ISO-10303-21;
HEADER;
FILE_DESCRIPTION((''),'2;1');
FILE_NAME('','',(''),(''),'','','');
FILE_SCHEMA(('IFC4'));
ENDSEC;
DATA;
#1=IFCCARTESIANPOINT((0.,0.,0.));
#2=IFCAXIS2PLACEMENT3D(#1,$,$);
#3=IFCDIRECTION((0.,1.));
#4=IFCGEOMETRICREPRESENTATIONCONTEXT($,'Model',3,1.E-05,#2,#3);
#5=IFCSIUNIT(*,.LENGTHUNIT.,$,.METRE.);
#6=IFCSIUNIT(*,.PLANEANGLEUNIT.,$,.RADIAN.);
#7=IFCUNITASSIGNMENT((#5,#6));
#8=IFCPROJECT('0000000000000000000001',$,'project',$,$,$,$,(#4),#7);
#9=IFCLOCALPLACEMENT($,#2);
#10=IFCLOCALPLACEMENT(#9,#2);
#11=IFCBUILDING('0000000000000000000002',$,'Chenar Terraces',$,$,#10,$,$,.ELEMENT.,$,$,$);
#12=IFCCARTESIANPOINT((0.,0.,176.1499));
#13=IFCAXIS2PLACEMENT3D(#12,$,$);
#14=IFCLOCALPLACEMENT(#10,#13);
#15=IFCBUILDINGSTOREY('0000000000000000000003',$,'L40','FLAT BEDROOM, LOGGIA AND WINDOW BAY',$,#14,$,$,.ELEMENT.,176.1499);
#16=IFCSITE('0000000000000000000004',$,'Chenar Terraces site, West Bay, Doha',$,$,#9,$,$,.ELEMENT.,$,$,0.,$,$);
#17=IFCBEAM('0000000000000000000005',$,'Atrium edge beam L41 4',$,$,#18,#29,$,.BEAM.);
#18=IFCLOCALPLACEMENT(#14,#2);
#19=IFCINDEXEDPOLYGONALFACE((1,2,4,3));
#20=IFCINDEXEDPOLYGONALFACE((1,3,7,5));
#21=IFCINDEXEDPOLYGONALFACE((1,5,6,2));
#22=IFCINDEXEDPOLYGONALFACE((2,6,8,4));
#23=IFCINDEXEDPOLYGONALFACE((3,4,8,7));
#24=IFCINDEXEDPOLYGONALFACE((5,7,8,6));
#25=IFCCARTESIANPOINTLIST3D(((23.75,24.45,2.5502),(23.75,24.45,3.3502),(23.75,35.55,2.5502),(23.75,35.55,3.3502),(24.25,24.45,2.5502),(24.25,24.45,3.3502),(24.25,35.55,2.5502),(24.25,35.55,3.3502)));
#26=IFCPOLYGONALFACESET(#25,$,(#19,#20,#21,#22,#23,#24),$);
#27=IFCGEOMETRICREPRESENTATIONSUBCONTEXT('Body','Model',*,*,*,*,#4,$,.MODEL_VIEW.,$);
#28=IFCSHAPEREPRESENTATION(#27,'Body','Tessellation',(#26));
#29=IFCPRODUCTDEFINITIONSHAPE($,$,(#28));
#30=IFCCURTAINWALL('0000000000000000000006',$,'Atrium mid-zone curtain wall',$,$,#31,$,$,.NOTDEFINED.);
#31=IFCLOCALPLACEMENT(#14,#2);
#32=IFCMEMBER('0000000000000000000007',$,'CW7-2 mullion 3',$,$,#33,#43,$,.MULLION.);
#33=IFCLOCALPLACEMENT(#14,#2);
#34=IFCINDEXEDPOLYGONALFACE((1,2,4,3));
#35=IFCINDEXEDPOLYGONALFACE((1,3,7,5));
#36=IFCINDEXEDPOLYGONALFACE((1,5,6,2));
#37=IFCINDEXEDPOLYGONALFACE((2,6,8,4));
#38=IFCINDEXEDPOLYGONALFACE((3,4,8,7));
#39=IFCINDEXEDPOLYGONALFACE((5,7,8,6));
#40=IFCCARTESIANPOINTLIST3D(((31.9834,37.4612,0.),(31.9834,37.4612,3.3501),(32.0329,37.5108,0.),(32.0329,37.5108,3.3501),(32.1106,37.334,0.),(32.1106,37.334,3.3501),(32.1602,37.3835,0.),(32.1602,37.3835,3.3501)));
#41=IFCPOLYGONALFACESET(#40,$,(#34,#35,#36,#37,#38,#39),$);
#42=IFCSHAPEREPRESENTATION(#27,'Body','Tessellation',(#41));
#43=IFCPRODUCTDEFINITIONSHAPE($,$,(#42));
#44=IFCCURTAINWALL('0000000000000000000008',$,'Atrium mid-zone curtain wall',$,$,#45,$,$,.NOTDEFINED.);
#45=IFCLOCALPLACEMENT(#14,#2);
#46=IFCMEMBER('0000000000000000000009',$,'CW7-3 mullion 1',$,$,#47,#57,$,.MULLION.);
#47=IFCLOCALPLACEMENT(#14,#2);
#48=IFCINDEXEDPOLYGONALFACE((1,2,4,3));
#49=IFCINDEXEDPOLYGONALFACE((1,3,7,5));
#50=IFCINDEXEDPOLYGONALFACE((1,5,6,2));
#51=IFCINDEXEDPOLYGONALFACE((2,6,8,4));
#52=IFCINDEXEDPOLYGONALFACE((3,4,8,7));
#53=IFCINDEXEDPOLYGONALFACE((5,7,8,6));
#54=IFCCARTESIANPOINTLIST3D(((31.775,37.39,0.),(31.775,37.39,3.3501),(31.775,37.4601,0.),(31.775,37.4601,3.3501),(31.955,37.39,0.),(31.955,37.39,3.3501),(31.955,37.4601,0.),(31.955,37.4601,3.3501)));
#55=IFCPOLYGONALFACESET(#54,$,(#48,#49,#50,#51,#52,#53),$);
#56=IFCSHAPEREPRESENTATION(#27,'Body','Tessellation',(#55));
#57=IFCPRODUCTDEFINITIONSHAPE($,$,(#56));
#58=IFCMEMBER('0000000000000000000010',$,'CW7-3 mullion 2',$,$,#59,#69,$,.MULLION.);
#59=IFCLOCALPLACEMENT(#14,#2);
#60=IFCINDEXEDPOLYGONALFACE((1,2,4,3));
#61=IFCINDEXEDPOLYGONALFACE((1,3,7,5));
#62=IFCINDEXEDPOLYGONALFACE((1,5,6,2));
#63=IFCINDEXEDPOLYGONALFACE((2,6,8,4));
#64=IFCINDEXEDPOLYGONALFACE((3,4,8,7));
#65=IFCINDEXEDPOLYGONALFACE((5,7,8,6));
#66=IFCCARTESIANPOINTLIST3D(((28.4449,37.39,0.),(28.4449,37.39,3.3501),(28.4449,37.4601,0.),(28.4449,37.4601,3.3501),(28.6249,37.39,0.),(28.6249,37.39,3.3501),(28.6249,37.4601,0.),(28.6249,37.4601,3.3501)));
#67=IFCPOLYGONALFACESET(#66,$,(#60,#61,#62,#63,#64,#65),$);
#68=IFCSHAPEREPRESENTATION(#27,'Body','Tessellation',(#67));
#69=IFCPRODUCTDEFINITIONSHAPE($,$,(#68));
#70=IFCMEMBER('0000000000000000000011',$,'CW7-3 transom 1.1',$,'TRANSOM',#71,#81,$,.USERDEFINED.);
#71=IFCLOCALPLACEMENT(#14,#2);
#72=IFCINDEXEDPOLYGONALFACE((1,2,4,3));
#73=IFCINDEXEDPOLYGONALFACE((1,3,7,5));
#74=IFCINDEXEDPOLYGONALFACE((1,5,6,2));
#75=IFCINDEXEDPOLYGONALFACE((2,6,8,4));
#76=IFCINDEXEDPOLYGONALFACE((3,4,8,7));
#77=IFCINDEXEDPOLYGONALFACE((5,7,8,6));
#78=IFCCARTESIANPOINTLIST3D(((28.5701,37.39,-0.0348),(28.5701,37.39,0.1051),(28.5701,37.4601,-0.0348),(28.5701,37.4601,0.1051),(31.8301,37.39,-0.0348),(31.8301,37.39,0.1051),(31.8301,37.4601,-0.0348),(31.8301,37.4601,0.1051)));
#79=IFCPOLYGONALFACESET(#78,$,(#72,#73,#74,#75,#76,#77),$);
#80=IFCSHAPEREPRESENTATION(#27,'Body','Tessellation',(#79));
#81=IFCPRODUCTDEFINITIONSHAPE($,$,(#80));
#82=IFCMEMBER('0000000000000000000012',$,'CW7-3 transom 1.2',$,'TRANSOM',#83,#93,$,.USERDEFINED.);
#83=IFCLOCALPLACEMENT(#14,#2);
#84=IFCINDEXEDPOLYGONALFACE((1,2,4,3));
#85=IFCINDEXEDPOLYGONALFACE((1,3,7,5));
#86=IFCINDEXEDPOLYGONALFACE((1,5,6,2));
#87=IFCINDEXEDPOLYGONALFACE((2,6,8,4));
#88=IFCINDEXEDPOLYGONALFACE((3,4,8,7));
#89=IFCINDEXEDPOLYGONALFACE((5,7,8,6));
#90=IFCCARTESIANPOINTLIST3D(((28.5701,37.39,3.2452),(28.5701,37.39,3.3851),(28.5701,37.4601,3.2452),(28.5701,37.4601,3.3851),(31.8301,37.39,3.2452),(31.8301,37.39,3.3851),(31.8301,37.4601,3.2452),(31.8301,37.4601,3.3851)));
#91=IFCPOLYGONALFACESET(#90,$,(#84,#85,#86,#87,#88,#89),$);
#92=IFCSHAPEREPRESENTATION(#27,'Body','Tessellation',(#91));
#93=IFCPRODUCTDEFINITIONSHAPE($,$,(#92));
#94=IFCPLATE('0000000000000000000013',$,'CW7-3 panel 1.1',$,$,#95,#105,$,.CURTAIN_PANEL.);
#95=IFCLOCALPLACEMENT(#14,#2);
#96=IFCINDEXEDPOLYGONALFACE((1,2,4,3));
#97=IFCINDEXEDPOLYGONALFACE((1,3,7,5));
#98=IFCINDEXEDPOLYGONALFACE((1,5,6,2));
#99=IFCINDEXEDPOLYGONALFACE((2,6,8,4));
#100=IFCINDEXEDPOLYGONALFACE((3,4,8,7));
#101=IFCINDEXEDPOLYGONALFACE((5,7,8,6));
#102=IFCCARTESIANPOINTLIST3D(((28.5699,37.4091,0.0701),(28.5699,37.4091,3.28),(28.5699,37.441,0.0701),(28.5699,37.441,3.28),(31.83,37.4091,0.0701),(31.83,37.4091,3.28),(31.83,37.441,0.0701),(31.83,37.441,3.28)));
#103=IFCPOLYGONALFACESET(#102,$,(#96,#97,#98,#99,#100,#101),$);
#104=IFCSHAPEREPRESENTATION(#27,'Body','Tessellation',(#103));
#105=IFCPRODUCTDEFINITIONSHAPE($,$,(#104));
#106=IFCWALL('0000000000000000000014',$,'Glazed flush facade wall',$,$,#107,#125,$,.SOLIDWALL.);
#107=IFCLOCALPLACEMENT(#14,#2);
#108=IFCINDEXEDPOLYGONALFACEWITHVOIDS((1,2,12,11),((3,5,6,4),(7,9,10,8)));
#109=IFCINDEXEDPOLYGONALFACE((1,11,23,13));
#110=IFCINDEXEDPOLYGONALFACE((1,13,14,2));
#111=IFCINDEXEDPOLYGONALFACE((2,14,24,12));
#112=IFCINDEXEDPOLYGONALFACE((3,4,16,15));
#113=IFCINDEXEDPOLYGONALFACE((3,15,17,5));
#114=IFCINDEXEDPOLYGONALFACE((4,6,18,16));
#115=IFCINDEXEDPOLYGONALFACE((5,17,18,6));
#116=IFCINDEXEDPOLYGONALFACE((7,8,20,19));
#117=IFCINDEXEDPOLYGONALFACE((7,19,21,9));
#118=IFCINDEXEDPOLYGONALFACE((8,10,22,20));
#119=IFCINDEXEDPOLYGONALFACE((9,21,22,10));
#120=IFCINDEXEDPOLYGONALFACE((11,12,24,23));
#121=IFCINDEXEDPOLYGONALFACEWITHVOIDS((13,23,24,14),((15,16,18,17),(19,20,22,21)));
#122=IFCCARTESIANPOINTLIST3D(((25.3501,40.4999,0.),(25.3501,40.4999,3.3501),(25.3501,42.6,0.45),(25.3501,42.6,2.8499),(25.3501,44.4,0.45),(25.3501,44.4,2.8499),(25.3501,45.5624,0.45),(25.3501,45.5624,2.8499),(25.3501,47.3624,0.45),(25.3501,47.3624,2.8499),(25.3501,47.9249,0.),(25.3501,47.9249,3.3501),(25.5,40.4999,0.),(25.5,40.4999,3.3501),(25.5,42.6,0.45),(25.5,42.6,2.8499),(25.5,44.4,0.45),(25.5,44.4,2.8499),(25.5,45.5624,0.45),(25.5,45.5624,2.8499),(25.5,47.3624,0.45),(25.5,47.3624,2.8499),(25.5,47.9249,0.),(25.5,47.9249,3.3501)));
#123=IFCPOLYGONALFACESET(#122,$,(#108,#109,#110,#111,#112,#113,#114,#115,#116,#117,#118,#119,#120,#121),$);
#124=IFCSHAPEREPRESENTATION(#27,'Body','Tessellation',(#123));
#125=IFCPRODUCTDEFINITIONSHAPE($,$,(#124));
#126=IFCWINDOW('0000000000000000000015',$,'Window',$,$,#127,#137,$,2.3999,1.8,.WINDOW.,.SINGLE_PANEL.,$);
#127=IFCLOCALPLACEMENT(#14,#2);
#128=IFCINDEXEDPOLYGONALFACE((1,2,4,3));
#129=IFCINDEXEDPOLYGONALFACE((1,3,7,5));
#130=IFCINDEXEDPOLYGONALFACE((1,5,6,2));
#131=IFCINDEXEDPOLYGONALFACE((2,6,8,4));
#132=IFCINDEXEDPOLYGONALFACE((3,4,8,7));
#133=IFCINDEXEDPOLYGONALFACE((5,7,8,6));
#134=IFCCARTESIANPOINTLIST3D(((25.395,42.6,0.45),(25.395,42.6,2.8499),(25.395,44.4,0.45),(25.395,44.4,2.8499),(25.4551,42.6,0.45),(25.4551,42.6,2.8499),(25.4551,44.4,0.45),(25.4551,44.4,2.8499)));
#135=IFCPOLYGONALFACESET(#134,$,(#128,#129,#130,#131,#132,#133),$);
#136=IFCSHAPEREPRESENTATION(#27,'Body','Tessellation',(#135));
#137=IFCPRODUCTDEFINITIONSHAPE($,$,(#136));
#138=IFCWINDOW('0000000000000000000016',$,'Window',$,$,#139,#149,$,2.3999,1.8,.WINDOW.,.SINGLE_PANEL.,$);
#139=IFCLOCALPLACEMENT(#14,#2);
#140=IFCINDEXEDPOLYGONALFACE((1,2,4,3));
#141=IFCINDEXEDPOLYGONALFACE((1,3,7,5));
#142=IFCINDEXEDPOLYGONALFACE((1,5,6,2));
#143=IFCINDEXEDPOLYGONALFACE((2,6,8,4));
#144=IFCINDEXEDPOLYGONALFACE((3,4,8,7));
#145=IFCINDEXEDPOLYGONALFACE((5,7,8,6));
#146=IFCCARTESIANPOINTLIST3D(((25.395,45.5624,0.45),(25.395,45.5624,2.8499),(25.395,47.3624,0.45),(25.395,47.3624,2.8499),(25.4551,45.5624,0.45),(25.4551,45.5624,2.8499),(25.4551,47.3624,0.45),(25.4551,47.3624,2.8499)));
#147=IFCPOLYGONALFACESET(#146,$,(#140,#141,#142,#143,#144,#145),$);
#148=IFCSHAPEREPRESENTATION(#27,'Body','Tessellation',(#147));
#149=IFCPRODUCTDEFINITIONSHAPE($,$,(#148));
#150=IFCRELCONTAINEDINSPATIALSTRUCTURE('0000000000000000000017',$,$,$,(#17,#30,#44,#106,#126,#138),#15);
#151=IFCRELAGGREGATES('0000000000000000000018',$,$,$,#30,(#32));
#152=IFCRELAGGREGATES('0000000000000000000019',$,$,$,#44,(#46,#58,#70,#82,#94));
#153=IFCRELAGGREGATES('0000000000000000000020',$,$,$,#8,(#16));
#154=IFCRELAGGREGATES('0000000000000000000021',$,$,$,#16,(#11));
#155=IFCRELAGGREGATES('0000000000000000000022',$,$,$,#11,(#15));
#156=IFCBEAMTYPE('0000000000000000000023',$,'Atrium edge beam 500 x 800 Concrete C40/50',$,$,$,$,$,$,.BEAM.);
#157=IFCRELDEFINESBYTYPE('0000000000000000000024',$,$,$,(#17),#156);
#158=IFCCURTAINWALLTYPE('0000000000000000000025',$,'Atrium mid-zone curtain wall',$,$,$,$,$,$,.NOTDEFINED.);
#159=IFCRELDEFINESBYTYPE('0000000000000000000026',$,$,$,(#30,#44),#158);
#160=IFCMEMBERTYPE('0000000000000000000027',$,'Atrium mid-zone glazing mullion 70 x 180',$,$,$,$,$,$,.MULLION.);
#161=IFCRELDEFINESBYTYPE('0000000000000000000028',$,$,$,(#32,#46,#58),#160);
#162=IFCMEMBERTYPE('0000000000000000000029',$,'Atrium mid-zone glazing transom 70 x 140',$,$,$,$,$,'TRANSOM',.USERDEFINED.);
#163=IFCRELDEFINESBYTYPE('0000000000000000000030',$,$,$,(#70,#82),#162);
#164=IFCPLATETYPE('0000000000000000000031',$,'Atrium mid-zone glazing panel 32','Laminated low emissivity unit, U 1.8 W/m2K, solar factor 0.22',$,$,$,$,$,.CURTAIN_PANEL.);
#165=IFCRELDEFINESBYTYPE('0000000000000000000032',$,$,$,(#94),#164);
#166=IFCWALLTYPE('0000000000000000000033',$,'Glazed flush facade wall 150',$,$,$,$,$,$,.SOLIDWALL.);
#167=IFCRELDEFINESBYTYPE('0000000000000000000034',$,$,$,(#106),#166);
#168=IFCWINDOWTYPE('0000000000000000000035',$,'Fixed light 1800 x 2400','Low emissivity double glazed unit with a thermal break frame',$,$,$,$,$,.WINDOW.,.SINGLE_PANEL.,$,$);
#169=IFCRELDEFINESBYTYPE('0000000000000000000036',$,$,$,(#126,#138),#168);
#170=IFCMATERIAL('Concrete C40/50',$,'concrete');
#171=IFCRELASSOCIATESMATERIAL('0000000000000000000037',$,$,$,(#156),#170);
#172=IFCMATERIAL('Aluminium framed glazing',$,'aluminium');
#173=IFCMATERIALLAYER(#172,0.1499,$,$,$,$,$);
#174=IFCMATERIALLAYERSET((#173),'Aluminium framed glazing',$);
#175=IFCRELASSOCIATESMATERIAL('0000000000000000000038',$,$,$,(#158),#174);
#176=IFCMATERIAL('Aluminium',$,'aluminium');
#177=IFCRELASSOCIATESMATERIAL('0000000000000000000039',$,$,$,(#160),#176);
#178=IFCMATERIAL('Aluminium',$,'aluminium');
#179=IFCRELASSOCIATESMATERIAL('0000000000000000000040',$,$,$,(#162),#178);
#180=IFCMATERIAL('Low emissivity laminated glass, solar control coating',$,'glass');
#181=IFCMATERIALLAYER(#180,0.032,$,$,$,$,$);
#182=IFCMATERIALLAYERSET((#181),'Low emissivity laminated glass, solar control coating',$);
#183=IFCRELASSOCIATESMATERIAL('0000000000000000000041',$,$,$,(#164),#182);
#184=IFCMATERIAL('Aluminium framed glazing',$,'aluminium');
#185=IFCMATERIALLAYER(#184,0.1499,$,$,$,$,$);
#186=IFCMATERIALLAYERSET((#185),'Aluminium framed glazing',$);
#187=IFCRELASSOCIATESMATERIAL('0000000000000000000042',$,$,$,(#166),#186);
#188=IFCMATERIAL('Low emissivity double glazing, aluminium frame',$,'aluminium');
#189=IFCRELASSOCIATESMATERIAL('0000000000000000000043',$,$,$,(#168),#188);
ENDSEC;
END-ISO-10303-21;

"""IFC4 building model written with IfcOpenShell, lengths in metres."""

from ifc_helpers import new_model, si_unit, direction, frame, frame_2d, origin, origin_2d, place, context, subcontext, project, spatial, rectangle, extrude, material, layer, layer_set, material_profile, profile_set, type_object, element, fill, aggregate, save


model = new_model("IFC4")

# Units and contexts
model_context = context("Model", 3, precision=1e-05, world=origin(), true_north=direction((0.0, 1.0)))
body_context = subcontext(model_context, "Body", "Model", "MODEL_VIEW")
ifc_project = project(units=[si_unit("LENGTHUNIT", "METRE"), si_unit("PLANEANGLEUNIT", "RADIAN")], contexts=[model_context])

# Site, building, storey
site_placement = place(None, origin())
site = spatial("IfcSite", under=ifc_project, at=site_placement, Name="Chenar Terraces site, West Bay, Doha", CompositionType="ELEMENT", RefElevation=0.0)
building_placement = place(site_placement, origin())
building = spatial("IfcBuilding", under=site, at=building_placement, Name="Chenar Terraces", CompositionType="ELEMENT")
storey_placement = place(building_placement, frame((0.0, 0.0, 176.1499)))
storey = spatial("IfcBuildingStorey", under=building, at=storey_placement, Name="L40", Description="FLAT BEDROOM, LOGGIA AND WINDOW BAY", CompositionType="ELEMENT", Elevation=176.1499)

# Beam
ifc_material_1 = material(Name="Concrete C40/50", Category="concrete")
ifc_material_profile_1 = material_profile(ifc_material_1, rectangle(XDim=0.5, YDim=0.8, at=origin_2d()), Name="RC 500 x 800")
ifc_profile_set_1 = profile_set([ifc_material_profile_1], Name="Concrete C40/50")
beam_type = type_object("IfcBeamType", Name="Atrium edge beam 500 x 800 Concrete C40/50", PredefinedType="BEAM", material=ifc_profile_set_1)
beam_placement = place(storey_placement, frame((24.0, 35.55, 2.9502), z_axis=(0.0, -1.0, 0.0), x_axis=(1.0, 0.0, 0.0)))
element("IfcBeam", 1, at=beam_placement, inside=storey, type_object=beam_type, Name="Atrium edge beam L41 4", PredefinedType="BEAM", context=body_context, shape_type="SweptSolid", body=[
    extrude(rectangle(XDim=0.5, YDim=0.8, at=origin_2d()), origin(), (0.0, 0.0, 1.0), 11.1001),
])

# Curtain wall, member
ifc_material_2 = material(Name="Aluminium framed glazing", Category="aluminium")
ifc_layer_1 = layer(ifc_material_2, 0.1499)
ifc_layer_set_1 = layer_set([ifc_layer_1], Name="Aluminium framed glazing")
curtain_wall_type = type_object("IfcCurtainWallType", Name="Atrium mid-zone curtain wall", PredefinedType="NOTDEFINED", material=ifc_layer_set_1)
placement = place(storey_placement, origin())
curtain_wall_1 = element("IfcCurtainWall", 2, at=placement, inside=storey, type_object=curtain_wall_type, Name="Atrium mid-zone curtain wall", PredefinedType="NOTDEFINED")
ifc_material_3 = material(Name="Aluminium", Category="aluminium")
ifc_material_profile_2 = material_profile(ifc_material_3, rectangle(XDim=0.0701, YDim=0.1799, at=origin_2d()), Name="Atrium mid-zone glazing mullion 70 x 180")
ifc_profile_set_2 = profile_set([ifc_material_profile_2], Name="Aluminium")
member_type_1 = type_object("IfcMemberType", Name="Atrium mid-zone glazing mullion 70 x 180", PredefinedType="MULLION", material=ifc_profile_set_2)
member_1_placement = place(storey_placement, frame((32.0718, 37.4224, 0.0), z_axis=(0.0, 0.0, 1.0), x_axis=(-0.707107, -0.707107, 0.0)))
member_1 = element("IfcMember", 3, at=member_1_placement, type_object=member_type_1, Name="CW7-2 mullion 3", PredefinedType="MULLION", context=body_context, shape_type="SweptSolid", body=[
    extrude(rectangle(XDim=0.0701, YDim=0.1799, at=origin_2d()), origin(), (0.0, 0.0, 1.0), 3.3501),
])
aggregate(curtain_wall_1, [member_1])

# Curtain wall, members, plate
curtain_wall_2 = element("IfcCurtainWall", 4, at=placement, inside=storey, type_object=curtain_wall_type, Name="Atrium mid-zone curtain wall", PredefinedType="NOTDEFINED")
member_2_placement = place(storey_placement, frame((31.865, 37.425, 0.0), z_axis=(0.0, 0.0, 1.0), x_axis=(0.0, -1.0, 0.0)))
member_2 = element("IfcMember", 5, at=member_2_placement, type_object=member_type_1, Name="CW7-3 mullion 1", PredefinedType="MULLION", context=body_context, shape_type="SweptSolid", body=[
    extrude(rectangle(XDim=0.0701, YDim=0.1799, at=origin_2d()), origin(), (0.0, 0.0, 1.0), 3.3501),
])
member_3_placement = place(storey_placement, frame((28.5349, 37.425, 0.0), z_axis=(0.0, 0.0, 1.0), x_axis=(0.0, -1.0, 0.0)))
member_3 = element("IfcMember", 6, at=member_3_placement, type_object=member_type_1, Name="CW7-3 mullion 2", PredefinedType="MULLION", context=body_context, shape_type="SweptSolid", body=[
    extrude(rectangle(XDim=0.0701, YDim=0.1799, at=origin_2d()), origin(), (0.0, 0.0, 1.0), 3.3501),
])
ifc_material_4 = material(Name="Aluminium", Category="aluminium")
ifc_material_profile_3 = material_profile(ifc_material_4, rectangle(XDim=0.0701, YDim=0.1399, at=origin_2d()), Name="Atrium mid-zone glazing transom 70 x 140")
ifc_profile_set_3 = profile_set([ifc_material_profile_3], Name="Aluminium")
member_type_2 = type_object("IfcMemberType", Name="Atrium mid-zone glazing transom 70 x 140", ElementType="TRANSOM", PredefinedType="USERDEFINED", material=ifc_profile_set_3)
member_4_placement = place(storey_placement, frame((31.8301, 37.425, 0.0352), z_axis=(-1.0, 0.0, 0.0), x_axis=(0.0, -1.0, 0.0)))
member_4 = element("IfcMember", 7, at=member_4_placement, type_object=member_type_2, Name="CW7-3 transom 1.1", ObjectType="TRANSOM", PredefinedType="USERDEFINED", context=body_context, shape_type="SweptSolid", body=[
    extrude(rectangle(XDim=0.0701, YDim=0.1399, at=origin_2d()), origin(), (0.0, 0.0, 1.0), 3.26),
])
member_5_placement = place(storey_placement, frame((31.8301, 37.425, 3.3152), z_axis=(-1.0, 0.0, 0.0), x_axis=(0.0, -1.0, 0.0)))
member_5 = element("IfcMember", 8, at=member_5_placement, type_object=member_type_2, Name="CW7-3 transom 1.2", ObjectType="TRANSOM", PredefinedType="USERDEFINED", context=body_context, shape_type="SweptSolid", body=[
    extrude(rectangle(XDim=0.0701, YDim=0.1399, at=origin_2d()), origin(), (0.0, 0.0, 1.0), 3.26),
])
ifc_material_5 = material(Name="Low emissivity laminated glass, solar control coating", Category="glass")
ifc_layer_2 = layer(ifc_material_5, 0.032)
ifc_layer_set_2 = layer_set([ifc_layer_2], Name="Low emissivity laminated glass, solar control coating")
plate_type = type_object("IfcPlateType", Name="Atrium mid-zone glazing panel 32", Description="Laminated low emissivity unit, U 1.8 W/m2K, solar factor 0.22", PredefinedType="CURTAIN_PANEL", material=ifc_layer_set_2)
plate_placement = place(storey_placement, frame((30.2, 37.425, 0.0701), z_axis=(0.0, 0.0, 1.0), x_axis=(-1.0, 0.0, 0.0)))
plate = element("IfcPlate", 9, at=plate_placement, type_object=plate_type, Name="CW7-3 panel 1.1", PredefinedType="CURTAIN_PANEL", context=body_context, shape_type="SweptSolid", body=[
    extrude(rectangle(XDim=3.26, YDim=0.032, at=origin_2d()), origin(), (0.0, 0.0, 1.0), 3.21),
])
aggregate(curtain_wall_2, [member_2, member_3, member_4, member_5, plate])

# Wall, openings, windows
ifc_material_6 = material(Name="Aluminium framed glazing", Category="aluminium")
ifc_layer_3 = layer(ifc_material_6, 0.1499)
ifc_layer_set_3 = layer_set([ifc_layer_3], Name="Aluminium framed glazing")
wall_type_1 = type_object("IfcWallType", Name="Glazed flush facade wall 150", PredefinedType="SOLIDWALL", material=ifc_layer_set_3)
wall_1_placement = place(storey_placement, frame((25.425, 40.5, 0.0), z_axis=(0.0, 0.0, 1.0), x_axis=(0.0, 1.0, 0.0)))
wall_1 = element("IfcWall", 10, at=wall_1_placement, inside=storey, type_object=wall_type_1, Name="Glazed flush facade wall", PredefinedType="SOLIDWALL", context=body_context, shape_type="SweptSolid", body=[
    extrude(rectangle(XDim=7.425, YDim=0.1499, at=frame_2d((3.7124, 0.0))), origin(), (0.0, 0.0, 1.0), 3.3501),
])
opening_1_placement = place(wall_1_placement, frame((2.1001, 0.0, 0.45)))
opening_1 = element("IfcOpeningElement", 11, at=opening_1_placement, cuts=wall_1, PredefinedType="OPENING", context=body_context, shape_type="SweptSolid", body=[
    extrude(rectangle(XDim=1.8, YDim=2.3999, at=frame_2d((0.8999, 1.2))), frame((0.0, 0.085, 0.0), z_axis=(0.0, -1.0, 0.0), x_axis=(1.0, 0.0, 0.0)), (0.0, 0.0, 1.0), 0.1699),
])
opening_2_placement = place(wall_1_placement, frame((5.0625, 0.0, 0.45)))
opening_2 = element("IfcOpeningElement", 12, at=opening_2_placement, cuts=wall_1, PredefinedType="OPENING", context=body_context, shape_type="SweptSolid", body=[
    extrude(rectangle(XDim=1.8, YDim=2.3999, at=frame_2d((0.8999, 1.2))), frame((0.0, 0.085, 0.0), z_axis=(0.0, -1.0, 0.0), x_axis=(1.0, 0.0, 0.0)), (0.0, 0.0, 1.0), 0.1699),
])
ifc_material_7 = material(Name="Low emissivity double glazing, aluminium frame", Category="aluminium")
window_type_1 = type_object("IfcWindowType", Name="Fixed light 1800 x 2400", Description="Low emissivity double glazed unit with a thermal break frame", PartitioningType="SINGLE_PANEL", PredefinedType="WINDOW", material=ifc_material_7)
window_1_placement = place(opening_1_placement, origin())
window_1 = element("IfcWindow", 13, at=window_1_placement, inside=storey, type_object=window_type_1, Name="Window", OverallHeight=2.3999, OverallWidth=1.8, PartitioningType="SINGLE_PANEL", PredefinedType="WINDOW", context=body_context, shape_type="SweptSolid", body=[
    extrude(rectangle(XDim=1.8, YDim=2.3999, at=frame_2d((0.8999, 1.2))), frame((0.0, 0.03, 0.0), z_axis=(0.0, -1.0, 0.0), x_axis=(1.0, 0.0, 0.0)), (0.0, 0.0, 1.0), 0.0601),
])
fill(opening_1, window_1)
window_2_placement = place(opening_2_placement, origin())
window_2 = element("IfcWindow", 14, at=window_2_placement, inside=storey, type_object=window_type_1, Name="Window", OverallHeight=2.3999, OverallWidth=1.8, PartitioningType="SINGLE_PANEL", PredefinedType="WINDOW", context=body_context, shape_type="SweptSolid", body=[
    extrude(rectangle(XDim=1.8, YDim=2.3999, at=frame_2d((0.8999, 1.2))), frame((0.0, 0.03, 0.0), z_axis=(0.0, -1.0, 0.0), x_axis=(1.0, 0.0, 0.0)), (0.0, 0.0, 1.0), 0.0601),
])
fill(opening_2, window_2)

save(model, "model.ifc")
